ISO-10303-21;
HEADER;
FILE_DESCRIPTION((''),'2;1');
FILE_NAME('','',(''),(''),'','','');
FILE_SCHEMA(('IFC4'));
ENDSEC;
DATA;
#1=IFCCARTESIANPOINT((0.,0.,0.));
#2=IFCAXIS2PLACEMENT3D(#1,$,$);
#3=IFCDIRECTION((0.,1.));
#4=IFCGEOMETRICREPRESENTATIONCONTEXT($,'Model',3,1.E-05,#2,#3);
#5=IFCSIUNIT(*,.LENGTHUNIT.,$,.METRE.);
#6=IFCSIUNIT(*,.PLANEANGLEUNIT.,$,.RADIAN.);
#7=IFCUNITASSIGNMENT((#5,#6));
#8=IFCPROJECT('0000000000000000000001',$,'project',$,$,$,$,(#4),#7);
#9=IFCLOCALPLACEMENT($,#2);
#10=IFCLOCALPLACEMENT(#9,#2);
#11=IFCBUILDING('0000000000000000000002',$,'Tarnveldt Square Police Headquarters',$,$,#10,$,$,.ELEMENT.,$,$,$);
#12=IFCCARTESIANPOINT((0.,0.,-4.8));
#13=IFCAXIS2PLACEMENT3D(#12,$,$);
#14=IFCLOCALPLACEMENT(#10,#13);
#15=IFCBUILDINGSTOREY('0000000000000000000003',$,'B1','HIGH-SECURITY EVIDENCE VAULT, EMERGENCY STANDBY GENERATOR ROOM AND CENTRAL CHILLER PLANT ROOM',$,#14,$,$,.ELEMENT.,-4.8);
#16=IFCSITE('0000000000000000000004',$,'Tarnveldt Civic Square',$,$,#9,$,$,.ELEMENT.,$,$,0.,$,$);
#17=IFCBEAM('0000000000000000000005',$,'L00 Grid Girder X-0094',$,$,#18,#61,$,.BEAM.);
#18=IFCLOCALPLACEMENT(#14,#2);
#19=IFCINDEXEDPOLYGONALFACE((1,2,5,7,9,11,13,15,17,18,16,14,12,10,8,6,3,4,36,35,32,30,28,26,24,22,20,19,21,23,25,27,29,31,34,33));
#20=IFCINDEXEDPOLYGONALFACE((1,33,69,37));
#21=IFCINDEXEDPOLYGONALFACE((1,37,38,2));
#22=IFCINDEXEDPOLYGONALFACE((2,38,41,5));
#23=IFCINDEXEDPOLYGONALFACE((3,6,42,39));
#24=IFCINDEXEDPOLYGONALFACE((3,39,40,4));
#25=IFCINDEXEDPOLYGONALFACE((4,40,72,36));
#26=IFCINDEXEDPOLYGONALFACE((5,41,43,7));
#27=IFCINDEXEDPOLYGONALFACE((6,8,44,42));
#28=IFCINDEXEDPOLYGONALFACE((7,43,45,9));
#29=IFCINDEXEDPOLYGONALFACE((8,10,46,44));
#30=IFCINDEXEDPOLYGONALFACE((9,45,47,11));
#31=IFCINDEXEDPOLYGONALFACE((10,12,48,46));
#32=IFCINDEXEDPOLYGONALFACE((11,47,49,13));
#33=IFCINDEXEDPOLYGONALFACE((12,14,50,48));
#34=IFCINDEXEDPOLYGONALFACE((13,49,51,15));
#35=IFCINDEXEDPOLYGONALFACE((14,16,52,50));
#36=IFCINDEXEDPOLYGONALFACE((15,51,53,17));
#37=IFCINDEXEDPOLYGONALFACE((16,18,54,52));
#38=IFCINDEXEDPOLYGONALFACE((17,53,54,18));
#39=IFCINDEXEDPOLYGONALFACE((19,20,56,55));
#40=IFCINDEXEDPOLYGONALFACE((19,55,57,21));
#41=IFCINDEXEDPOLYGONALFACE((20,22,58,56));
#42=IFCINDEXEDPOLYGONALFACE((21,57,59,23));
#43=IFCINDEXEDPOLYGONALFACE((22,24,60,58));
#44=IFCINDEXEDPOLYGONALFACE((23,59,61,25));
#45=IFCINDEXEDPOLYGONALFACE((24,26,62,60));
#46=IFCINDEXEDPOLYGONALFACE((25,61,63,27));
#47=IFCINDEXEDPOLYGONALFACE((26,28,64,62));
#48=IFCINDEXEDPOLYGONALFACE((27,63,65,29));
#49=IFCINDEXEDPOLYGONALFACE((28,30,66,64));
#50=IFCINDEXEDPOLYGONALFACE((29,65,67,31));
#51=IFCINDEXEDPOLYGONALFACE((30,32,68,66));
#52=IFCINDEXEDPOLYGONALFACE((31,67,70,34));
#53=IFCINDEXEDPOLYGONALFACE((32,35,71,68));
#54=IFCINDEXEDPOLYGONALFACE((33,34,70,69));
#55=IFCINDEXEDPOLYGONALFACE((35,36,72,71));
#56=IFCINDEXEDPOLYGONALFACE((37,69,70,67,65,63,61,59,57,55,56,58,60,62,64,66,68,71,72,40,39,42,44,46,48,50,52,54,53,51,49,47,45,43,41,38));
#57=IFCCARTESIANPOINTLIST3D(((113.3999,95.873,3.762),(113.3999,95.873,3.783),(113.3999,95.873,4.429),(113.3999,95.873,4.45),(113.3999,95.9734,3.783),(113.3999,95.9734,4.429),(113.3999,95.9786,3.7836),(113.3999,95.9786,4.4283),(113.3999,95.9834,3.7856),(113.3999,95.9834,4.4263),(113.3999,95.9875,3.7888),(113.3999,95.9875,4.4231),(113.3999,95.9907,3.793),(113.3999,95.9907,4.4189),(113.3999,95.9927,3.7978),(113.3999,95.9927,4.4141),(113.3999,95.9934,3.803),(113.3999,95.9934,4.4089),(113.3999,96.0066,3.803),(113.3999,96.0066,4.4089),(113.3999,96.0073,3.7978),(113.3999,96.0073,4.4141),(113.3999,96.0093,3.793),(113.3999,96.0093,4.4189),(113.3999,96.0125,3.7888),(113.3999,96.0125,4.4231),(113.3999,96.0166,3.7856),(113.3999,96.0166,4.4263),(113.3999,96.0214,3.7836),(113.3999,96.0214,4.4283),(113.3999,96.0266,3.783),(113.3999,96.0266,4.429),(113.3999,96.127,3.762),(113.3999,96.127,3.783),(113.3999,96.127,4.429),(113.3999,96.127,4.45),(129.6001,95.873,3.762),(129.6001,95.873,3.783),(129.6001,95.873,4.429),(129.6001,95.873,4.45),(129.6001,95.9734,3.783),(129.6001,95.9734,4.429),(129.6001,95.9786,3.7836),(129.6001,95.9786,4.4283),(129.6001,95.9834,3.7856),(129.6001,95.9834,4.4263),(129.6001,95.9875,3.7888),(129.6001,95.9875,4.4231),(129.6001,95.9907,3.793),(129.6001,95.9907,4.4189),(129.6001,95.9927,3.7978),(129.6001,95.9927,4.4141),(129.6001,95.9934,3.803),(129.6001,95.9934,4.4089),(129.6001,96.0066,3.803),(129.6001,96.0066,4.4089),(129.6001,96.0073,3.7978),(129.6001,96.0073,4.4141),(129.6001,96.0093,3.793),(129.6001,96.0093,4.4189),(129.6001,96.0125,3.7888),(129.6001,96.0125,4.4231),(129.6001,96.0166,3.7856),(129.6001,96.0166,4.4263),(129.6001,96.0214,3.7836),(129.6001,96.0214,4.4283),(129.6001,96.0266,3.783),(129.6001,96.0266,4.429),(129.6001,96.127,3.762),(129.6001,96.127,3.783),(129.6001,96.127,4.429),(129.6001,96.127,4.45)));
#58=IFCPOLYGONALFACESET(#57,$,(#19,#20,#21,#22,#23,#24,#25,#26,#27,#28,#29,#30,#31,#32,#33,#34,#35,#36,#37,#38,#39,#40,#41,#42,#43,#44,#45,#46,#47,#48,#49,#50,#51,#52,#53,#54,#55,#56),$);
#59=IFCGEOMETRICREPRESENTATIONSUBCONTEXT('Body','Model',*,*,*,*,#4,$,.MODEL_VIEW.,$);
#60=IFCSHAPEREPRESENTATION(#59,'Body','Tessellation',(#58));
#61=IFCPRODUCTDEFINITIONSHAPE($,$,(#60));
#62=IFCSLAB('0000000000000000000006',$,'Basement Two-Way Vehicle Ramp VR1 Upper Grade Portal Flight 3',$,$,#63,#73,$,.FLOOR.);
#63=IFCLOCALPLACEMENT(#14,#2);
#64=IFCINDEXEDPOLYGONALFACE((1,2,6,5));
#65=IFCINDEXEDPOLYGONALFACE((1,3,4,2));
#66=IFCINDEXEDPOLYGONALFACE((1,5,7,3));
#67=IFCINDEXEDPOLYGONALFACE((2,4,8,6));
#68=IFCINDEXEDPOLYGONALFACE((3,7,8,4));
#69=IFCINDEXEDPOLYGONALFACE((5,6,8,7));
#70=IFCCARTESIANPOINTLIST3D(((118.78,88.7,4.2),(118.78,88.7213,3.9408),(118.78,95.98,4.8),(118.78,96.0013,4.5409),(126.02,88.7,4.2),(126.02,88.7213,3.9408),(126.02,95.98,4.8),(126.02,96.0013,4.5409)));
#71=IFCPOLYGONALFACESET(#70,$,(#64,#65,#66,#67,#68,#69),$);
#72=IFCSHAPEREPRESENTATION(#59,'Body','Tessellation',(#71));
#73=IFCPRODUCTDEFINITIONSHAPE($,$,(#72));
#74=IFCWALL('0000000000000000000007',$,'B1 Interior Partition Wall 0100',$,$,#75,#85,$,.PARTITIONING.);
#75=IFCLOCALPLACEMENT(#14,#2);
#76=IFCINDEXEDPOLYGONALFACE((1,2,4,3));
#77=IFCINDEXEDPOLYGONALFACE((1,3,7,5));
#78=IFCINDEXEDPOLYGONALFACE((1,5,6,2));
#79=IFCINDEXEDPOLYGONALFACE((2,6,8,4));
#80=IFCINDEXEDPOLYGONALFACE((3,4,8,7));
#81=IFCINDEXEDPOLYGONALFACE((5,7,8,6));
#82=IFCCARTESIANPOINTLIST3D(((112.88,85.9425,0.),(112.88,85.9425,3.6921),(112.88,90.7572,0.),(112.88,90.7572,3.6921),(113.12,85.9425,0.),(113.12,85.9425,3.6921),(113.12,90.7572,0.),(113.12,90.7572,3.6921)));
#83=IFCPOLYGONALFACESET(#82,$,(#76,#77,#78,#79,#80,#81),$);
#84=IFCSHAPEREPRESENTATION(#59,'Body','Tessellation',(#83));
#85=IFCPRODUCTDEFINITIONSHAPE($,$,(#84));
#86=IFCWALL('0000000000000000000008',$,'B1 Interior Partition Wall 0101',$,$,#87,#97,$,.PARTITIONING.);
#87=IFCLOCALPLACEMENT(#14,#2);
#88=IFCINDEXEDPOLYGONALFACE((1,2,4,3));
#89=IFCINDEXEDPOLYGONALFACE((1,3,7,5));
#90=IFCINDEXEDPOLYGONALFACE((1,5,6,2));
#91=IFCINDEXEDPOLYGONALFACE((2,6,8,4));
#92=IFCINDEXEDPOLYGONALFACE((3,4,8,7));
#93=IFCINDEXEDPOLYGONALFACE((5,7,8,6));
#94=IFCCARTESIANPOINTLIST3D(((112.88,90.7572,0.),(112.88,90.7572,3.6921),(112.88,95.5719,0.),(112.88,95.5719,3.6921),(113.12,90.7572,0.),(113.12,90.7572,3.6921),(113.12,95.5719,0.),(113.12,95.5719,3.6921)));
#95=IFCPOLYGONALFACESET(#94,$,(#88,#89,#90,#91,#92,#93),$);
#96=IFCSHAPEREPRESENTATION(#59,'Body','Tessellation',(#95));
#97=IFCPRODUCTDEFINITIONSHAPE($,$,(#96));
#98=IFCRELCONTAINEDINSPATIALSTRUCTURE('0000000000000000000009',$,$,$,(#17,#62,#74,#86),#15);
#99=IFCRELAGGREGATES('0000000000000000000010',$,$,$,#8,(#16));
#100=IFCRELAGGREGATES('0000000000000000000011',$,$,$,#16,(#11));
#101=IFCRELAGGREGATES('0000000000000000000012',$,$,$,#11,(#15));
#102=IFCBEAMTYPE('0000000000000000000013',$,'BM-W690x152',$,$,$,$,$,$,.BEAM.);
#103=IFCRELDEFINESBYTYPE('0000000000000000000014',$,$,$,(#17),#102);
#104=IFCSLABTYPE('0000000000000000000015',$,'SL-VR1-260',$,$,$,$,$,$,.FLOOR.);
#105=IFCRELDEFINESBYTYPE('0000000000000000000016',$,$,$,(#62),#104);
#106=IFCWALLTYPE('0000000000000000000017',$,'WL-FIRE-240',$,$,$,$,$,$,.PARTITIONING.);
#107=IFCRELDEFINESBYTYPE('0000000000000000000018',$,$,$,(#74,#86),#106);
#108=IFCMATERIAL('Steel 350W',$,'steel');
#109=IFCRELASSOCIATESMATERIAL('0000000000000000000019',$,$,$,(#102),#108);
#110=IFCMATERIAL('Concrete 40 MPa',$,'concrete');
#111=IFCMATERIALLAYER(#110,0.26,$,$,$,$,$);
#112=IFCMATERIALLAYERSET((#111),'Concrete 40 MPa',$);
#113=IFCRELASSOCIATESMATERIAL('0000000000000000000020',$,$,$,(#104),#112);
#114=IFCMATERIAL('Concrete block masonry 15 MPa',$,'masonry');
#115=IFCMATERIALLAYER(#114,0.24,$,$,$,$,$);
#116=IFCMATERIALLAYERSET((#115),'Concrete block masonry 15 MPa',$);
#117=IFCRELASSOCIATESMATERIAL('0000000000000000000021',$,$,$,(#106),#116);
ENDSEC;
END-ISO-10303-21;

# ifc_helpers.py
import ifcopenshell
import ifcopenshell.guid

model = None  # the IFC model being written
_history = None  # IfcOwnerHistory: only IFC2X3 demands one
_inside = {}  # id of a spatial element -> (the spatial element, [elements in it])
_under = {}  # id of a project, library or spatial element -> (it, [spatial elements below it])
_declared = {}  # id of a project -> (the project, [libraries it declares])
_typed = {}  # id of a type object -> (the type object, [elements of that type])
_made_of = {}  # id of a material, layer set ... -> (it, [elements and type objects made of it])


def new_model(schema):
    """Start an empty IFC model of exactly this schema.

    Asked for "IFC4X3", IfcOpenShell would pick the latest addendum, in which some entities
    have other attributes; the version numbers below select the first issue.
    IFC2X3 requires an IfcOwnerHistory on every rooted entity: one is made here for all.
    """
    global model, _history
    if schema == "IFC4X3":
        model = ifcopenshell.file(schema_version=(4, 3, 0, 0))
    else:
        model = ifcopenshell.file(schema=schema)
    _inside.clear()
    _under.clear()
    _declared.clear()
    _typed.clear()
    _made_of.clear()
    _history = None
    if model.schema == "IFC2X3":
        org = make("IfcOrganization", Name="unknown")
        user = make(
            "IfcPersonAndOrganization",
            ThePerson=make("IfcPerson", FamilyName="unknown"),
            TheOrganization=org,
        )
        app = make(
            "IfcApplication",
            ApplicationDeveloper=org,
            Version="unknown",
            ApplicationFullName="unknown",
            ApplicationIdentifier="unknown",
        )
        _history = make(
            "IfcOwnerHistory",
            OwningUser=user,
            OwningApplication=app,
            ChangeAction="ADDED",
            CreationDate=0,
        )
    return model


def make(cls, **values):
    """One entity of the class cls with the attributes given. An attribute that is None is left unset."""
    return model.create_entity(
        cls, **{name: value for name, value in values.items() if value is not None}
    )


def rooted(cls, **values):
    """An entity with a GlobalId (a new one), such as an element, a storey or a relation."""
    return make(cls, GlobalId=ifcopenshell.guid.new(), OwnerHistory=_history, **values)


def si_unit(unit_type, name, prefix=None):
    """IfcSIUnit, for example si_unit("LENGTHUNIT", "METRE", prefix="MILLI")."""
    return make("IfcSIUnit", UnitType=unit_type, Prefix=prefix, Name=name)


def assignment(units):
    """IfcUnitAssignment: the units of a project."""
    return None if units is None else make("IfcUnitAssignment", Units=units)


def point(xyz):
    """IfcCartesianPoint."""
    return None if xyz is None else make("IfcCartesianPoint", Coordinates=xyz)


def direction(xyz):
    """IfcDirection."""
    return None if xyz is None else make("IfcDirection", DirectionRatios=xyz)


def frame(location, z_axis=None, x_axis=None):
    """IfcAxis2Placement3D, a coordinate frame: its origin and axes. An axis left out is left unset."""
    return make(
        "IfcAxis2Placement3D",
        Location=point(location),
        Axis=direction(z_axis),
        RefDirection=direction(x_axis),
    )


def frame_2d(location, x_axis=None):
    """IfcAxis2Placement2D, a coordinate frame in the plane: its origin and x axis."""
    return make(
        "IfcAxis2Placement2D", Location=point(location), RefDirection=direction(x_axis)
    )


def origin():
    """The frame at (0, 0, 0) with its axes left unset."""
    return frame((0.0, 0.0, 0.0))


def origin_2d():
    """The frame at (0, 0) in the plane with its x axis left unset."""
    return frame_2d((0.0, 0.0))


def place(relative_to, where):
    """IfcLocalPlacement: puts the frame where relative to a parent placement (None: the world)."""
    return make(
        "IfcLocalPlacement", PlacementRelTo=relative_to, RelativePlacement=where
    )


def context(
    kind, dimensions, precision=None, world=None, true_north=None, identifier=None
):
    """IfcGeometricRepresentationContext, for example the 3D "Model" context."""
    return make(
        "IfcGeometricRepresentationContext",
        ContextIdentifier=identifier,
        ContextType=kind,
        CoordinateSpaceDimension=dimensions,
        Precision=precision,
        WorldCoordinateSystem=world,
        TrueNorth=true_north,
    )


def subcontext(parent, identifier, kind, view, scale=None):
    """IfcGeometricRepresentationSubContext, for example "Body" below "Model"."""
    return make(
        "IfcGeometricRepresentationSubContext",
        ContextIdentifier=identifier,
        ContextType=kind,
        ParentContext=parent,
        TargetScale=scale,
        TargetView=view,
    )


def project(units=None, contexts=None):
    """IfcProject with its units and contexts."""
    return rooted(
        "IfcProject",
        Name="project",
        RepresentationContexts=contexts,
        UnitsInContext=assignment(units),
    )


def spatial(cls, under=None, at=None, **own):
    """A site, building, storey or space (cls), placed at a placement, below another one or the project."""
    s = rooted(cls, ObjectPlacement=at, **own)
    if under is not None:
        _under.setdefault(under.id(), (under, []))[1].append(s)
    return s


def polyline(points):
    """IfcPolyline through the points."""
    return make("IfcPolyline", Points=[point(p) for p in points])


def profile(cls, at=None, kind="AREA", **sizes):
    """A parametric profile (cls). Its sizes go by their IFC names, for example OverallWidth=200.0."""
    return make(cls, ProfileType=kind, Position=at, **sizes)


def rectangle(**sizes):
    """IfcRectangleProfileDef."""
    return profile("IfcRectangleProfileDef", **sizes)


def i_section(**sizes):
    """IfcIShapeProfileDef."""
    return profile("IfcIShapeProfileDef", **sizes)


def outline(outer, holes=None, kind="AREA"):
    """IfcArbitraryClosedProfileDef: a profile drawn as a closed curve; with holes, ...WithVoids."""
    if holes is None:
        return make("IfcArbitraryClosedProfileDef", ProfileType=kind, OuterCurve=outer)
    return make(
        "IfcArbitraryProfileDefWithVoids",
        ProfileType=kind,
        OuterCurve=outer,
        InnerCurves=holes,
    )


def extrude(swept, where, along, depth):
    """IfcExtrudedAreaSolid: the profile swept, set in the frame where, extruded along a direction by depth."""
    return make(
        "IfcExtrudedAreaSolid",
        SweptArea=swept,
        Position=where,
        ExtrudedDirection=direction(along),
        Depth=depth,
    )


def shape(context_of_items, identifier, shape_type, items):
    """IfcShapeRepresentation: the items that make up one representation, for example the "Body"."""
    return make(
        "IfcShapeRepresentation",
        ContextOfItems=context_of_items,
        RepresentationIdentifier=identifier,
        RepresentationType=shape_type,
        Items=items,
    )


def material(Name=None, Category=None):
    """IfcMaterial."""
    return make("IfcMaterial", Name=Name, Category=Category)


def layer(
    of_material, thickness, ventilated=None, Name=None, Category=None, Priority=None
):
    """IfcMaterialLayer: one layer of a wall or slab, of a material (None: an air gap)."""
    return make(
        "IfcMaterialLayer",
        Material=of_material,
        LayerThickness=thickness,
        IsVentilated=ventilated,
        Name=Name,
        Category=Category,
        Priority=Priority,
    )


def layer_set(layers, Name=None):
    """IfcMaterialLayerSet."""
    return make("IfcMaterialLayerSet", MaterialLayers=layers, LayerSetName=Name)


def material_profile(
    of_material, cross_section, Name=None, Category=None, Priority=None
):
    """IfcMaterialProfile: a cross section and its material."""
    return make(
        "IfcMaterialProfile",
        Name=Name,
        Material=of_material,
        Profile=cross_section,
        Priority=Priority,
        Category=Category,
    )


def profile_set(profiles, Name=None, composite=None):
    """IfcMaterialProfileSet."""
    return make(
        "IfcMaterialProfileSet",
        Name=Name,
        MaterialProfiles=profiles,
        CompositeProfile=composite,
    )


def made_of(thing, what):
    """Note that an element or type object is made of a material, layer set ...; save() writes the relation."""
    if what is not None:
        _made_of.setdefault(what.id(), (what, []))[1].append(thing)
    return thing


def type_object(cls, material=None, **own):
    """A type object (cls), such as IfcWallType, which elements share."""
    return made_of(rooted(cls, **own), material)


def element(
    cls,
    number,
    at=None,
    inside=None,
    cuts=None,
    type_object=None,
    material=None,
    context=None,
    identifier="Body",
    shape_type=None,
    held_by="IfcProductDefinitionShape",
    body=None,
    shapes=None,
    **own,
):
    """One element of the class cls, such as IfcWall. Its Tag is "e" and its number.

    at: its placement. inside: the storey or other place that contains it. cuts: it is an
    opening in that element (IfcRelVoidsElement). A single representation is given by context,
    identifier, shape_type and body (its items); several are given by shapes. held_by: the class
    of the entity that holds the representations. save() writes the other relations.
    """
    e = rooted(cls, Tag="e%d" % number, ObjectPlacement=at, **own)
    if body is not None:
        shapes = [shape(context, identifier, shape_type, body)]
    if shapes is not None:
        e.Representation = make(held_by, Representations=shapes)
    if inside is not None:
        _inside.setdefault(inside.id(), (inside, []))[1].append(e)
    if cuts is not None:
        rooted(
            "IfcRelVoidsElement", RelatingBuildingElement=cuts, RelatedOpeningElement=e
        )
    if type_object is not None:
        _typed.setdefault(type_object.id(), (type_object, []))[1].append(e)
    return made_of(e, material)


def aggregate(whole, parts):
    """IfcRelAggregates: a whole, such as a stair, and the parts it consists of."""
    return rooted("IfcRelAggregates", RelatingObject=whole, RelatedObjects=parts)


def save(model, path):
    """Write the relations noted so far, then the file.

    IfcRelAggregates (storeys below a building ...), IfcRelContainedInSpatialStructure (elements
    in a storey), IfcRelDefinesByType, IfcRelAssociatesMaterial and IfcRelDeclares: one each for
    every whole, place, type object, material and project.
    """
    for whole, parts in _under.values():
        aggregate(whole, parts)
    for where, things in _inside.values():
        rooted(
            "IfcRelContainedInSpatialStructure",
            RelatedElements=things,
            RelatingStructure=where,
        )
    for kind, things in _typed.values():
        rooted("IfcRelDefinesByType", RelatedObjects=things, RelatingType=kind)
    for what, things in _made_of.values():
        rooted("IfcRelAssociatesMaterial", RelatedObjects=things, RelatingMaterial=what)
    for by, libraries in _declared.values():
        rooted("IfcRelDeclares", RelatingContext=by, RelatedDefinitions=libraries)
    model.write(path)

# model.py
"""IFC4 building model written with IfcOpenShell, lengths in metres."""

from ifc_helpers import new_model, si_unit, direction, frame, frame_2d, origin, origin_2d, place, context, subcontext, project, spatial, polyline, rectangle, i_section, outline, extrude, material, layer, layer_set, material_profile, profile_set, type_object, element, save


model = new_model("IFC4")

# Units and contexts
model_context = context("Model", 3, precision=1e-05, world=origin(), true_north=direction((0.0, 1.0)))
body_context = subcontext(model_context, "Body", "Model", "MODEL_VIEW")
ifc_project = project(units=[si_unit("LENGTHUNIT", "METRE"), si_unit("PLANEANGLEUNIT", "RADIAN")], contexts=[model_context])

# Site, building, storey
site_placement = place(None, origin())
site = spatial("IfcSite", under=ifc_project, at=site_placement, Name="Tarnveldt Civic Square", CompositionType="ELEMENT", RefElevation=0.0)
building_placement = place(site_placement, origin())
building = spatial("IfcBuilding", under=site, at=building_placement, Name="Tarnveldt Square Police Headquarters", CompositionType="ELEMENT")
storey_placement = place(building_placement, frame((0.0, 0.0, -4.8)))
storey = spatial("IfcBuildingStorey", under=building, at=storey_placement, Name="B1", Description="HIGH-SECURITY EVIDENCE VAULT, EMERGENCY STANDBY GENERATOR ROOM AND CENTRAL CHILLER PLANT ROOM", CompositionType="ELEMENT", Elevation=-4.8)

# Beam
ifc_material_1 = material(Name="Concrete 40 MPa", Category="concrete")
ifc_material_2 = material(Name="Steel 350W", Category="steel")
ifc_material_profile_1 = material_profile(ifc_material_2, i_section(OverallWidth=0.2539, OverallDepth=0.688, WebThickness=0.0132, FlangeThickness=0.021, FilletRadius=0.02, at=origin_2d()), Name="W690x152")
ifc_profile_set_1 = profile_set([ifc_material_profile_1], Name="Steel 350W")
beam_type_1 = type_object("IfcBeamType", Name="BM-W690x152", PredefinedType="BEAM", material=ifc_profile_set_1)
beam_1_placement = place(storey_placement, frame((113.3999, 96.0, 4.106), z_axis=(1.0, 0.0, 0.0), x_axis=(0.0, 1.0, 0.0)))
element("IfcBeam", 1, at=beam_1_placement, inside=storey, type_object=beam_type_1, Name="L00 Grid Girder X-0094", PredefinedType="BEAM", context=body_context, shape_type="SweptSolid", body=[
    extrude(i_section(OverallWidth=0.2539, OverallDepth=0.688, WebThickness=0.0132, FlangeThickness=0.021, FilletRadius=0.02, at=origin_2d()), origin(), (0.0, 0.0, 1.0), 16.2002),
])

# Slab
ifc_layer_1 = layer(ifc_material_1, 0.26)
ifc_layer_set_1 = layer_set([ifc_layer_1], Name="Concrete 40 MPa")
slab_type = type_object("IfcSlabType", Name="SL-VR1-260", PredefinedType="FLOOR", material=ifc_layer_set_1)
slab_placement = place(storey_placement, frame((118.78, 88.7, 4.2), z_axis=(0.0, -0.082152, 0.99662), x_axis=(1.0, 0.0, 0.0)))
element("IfcSlab", 2, at=slab_placement, inside=storey, type_object=slab_type, Name="Basement Two-Way Vehicle Ramp VR1 Upper Grade Portal Flight 3", PredefinedType="FLOOR", context=body_context, shape_type="SweptSolid", body=[
    extrude(outline(polyline([(0.0, 0.0), (7.24, 0.0), (7.24, 7.3047), (0.0, 7.3047), (0.0, 0.0)])), origin(), (0.0, 0.0, -1.0), 0.26),
])

# Walls
ifc_material_3 = material(Name="Concrete block masonry 15 MPa", Category="masonry")
ifc_layer_2 = layer(ifc_material_3, 0.24)
ifc_layer_set_2 = layer_set([ifc_layer_2], Name="Concrete block masonry 15 MPa")
wall_type = type_object("IfcWallType", Name="WL-FIRE-240", PredefinedType="PARTITIONING", material=ifc_layer_set_2)
for number, where, z_axis, x_axis, name in (
    (3, (113.0, 85.9426, 0.0), (0.0, 0.0, 1.0), (0.0, 1.0, 0.0), "B1 Interior Partition Wall 0100"),
    (4, (113.0, 90.7573, 0.0), (0.0, 0.0, 1.0), (0.0, 1.0, 0.0), "B1 Interior Partition Wall 0101"),
):
    element("IfcWall", number, at=place(storey_placement, frame(where, z_axis=z_axis, x_axis=x_axis)), inside=storey, type_object=wall_type, Name=name, PredefinedType="PARTITIONING", context=body_context, shape_type="SweptSolid", body=[
        extrude(rectangle(XDim=4.8147, YDim=0.24, at=frame_2d((2.4072, 0.0))), origin(), (0.0, 0.0, 1.0), 3.6921),
    ])

save(model, "model.ifc")
